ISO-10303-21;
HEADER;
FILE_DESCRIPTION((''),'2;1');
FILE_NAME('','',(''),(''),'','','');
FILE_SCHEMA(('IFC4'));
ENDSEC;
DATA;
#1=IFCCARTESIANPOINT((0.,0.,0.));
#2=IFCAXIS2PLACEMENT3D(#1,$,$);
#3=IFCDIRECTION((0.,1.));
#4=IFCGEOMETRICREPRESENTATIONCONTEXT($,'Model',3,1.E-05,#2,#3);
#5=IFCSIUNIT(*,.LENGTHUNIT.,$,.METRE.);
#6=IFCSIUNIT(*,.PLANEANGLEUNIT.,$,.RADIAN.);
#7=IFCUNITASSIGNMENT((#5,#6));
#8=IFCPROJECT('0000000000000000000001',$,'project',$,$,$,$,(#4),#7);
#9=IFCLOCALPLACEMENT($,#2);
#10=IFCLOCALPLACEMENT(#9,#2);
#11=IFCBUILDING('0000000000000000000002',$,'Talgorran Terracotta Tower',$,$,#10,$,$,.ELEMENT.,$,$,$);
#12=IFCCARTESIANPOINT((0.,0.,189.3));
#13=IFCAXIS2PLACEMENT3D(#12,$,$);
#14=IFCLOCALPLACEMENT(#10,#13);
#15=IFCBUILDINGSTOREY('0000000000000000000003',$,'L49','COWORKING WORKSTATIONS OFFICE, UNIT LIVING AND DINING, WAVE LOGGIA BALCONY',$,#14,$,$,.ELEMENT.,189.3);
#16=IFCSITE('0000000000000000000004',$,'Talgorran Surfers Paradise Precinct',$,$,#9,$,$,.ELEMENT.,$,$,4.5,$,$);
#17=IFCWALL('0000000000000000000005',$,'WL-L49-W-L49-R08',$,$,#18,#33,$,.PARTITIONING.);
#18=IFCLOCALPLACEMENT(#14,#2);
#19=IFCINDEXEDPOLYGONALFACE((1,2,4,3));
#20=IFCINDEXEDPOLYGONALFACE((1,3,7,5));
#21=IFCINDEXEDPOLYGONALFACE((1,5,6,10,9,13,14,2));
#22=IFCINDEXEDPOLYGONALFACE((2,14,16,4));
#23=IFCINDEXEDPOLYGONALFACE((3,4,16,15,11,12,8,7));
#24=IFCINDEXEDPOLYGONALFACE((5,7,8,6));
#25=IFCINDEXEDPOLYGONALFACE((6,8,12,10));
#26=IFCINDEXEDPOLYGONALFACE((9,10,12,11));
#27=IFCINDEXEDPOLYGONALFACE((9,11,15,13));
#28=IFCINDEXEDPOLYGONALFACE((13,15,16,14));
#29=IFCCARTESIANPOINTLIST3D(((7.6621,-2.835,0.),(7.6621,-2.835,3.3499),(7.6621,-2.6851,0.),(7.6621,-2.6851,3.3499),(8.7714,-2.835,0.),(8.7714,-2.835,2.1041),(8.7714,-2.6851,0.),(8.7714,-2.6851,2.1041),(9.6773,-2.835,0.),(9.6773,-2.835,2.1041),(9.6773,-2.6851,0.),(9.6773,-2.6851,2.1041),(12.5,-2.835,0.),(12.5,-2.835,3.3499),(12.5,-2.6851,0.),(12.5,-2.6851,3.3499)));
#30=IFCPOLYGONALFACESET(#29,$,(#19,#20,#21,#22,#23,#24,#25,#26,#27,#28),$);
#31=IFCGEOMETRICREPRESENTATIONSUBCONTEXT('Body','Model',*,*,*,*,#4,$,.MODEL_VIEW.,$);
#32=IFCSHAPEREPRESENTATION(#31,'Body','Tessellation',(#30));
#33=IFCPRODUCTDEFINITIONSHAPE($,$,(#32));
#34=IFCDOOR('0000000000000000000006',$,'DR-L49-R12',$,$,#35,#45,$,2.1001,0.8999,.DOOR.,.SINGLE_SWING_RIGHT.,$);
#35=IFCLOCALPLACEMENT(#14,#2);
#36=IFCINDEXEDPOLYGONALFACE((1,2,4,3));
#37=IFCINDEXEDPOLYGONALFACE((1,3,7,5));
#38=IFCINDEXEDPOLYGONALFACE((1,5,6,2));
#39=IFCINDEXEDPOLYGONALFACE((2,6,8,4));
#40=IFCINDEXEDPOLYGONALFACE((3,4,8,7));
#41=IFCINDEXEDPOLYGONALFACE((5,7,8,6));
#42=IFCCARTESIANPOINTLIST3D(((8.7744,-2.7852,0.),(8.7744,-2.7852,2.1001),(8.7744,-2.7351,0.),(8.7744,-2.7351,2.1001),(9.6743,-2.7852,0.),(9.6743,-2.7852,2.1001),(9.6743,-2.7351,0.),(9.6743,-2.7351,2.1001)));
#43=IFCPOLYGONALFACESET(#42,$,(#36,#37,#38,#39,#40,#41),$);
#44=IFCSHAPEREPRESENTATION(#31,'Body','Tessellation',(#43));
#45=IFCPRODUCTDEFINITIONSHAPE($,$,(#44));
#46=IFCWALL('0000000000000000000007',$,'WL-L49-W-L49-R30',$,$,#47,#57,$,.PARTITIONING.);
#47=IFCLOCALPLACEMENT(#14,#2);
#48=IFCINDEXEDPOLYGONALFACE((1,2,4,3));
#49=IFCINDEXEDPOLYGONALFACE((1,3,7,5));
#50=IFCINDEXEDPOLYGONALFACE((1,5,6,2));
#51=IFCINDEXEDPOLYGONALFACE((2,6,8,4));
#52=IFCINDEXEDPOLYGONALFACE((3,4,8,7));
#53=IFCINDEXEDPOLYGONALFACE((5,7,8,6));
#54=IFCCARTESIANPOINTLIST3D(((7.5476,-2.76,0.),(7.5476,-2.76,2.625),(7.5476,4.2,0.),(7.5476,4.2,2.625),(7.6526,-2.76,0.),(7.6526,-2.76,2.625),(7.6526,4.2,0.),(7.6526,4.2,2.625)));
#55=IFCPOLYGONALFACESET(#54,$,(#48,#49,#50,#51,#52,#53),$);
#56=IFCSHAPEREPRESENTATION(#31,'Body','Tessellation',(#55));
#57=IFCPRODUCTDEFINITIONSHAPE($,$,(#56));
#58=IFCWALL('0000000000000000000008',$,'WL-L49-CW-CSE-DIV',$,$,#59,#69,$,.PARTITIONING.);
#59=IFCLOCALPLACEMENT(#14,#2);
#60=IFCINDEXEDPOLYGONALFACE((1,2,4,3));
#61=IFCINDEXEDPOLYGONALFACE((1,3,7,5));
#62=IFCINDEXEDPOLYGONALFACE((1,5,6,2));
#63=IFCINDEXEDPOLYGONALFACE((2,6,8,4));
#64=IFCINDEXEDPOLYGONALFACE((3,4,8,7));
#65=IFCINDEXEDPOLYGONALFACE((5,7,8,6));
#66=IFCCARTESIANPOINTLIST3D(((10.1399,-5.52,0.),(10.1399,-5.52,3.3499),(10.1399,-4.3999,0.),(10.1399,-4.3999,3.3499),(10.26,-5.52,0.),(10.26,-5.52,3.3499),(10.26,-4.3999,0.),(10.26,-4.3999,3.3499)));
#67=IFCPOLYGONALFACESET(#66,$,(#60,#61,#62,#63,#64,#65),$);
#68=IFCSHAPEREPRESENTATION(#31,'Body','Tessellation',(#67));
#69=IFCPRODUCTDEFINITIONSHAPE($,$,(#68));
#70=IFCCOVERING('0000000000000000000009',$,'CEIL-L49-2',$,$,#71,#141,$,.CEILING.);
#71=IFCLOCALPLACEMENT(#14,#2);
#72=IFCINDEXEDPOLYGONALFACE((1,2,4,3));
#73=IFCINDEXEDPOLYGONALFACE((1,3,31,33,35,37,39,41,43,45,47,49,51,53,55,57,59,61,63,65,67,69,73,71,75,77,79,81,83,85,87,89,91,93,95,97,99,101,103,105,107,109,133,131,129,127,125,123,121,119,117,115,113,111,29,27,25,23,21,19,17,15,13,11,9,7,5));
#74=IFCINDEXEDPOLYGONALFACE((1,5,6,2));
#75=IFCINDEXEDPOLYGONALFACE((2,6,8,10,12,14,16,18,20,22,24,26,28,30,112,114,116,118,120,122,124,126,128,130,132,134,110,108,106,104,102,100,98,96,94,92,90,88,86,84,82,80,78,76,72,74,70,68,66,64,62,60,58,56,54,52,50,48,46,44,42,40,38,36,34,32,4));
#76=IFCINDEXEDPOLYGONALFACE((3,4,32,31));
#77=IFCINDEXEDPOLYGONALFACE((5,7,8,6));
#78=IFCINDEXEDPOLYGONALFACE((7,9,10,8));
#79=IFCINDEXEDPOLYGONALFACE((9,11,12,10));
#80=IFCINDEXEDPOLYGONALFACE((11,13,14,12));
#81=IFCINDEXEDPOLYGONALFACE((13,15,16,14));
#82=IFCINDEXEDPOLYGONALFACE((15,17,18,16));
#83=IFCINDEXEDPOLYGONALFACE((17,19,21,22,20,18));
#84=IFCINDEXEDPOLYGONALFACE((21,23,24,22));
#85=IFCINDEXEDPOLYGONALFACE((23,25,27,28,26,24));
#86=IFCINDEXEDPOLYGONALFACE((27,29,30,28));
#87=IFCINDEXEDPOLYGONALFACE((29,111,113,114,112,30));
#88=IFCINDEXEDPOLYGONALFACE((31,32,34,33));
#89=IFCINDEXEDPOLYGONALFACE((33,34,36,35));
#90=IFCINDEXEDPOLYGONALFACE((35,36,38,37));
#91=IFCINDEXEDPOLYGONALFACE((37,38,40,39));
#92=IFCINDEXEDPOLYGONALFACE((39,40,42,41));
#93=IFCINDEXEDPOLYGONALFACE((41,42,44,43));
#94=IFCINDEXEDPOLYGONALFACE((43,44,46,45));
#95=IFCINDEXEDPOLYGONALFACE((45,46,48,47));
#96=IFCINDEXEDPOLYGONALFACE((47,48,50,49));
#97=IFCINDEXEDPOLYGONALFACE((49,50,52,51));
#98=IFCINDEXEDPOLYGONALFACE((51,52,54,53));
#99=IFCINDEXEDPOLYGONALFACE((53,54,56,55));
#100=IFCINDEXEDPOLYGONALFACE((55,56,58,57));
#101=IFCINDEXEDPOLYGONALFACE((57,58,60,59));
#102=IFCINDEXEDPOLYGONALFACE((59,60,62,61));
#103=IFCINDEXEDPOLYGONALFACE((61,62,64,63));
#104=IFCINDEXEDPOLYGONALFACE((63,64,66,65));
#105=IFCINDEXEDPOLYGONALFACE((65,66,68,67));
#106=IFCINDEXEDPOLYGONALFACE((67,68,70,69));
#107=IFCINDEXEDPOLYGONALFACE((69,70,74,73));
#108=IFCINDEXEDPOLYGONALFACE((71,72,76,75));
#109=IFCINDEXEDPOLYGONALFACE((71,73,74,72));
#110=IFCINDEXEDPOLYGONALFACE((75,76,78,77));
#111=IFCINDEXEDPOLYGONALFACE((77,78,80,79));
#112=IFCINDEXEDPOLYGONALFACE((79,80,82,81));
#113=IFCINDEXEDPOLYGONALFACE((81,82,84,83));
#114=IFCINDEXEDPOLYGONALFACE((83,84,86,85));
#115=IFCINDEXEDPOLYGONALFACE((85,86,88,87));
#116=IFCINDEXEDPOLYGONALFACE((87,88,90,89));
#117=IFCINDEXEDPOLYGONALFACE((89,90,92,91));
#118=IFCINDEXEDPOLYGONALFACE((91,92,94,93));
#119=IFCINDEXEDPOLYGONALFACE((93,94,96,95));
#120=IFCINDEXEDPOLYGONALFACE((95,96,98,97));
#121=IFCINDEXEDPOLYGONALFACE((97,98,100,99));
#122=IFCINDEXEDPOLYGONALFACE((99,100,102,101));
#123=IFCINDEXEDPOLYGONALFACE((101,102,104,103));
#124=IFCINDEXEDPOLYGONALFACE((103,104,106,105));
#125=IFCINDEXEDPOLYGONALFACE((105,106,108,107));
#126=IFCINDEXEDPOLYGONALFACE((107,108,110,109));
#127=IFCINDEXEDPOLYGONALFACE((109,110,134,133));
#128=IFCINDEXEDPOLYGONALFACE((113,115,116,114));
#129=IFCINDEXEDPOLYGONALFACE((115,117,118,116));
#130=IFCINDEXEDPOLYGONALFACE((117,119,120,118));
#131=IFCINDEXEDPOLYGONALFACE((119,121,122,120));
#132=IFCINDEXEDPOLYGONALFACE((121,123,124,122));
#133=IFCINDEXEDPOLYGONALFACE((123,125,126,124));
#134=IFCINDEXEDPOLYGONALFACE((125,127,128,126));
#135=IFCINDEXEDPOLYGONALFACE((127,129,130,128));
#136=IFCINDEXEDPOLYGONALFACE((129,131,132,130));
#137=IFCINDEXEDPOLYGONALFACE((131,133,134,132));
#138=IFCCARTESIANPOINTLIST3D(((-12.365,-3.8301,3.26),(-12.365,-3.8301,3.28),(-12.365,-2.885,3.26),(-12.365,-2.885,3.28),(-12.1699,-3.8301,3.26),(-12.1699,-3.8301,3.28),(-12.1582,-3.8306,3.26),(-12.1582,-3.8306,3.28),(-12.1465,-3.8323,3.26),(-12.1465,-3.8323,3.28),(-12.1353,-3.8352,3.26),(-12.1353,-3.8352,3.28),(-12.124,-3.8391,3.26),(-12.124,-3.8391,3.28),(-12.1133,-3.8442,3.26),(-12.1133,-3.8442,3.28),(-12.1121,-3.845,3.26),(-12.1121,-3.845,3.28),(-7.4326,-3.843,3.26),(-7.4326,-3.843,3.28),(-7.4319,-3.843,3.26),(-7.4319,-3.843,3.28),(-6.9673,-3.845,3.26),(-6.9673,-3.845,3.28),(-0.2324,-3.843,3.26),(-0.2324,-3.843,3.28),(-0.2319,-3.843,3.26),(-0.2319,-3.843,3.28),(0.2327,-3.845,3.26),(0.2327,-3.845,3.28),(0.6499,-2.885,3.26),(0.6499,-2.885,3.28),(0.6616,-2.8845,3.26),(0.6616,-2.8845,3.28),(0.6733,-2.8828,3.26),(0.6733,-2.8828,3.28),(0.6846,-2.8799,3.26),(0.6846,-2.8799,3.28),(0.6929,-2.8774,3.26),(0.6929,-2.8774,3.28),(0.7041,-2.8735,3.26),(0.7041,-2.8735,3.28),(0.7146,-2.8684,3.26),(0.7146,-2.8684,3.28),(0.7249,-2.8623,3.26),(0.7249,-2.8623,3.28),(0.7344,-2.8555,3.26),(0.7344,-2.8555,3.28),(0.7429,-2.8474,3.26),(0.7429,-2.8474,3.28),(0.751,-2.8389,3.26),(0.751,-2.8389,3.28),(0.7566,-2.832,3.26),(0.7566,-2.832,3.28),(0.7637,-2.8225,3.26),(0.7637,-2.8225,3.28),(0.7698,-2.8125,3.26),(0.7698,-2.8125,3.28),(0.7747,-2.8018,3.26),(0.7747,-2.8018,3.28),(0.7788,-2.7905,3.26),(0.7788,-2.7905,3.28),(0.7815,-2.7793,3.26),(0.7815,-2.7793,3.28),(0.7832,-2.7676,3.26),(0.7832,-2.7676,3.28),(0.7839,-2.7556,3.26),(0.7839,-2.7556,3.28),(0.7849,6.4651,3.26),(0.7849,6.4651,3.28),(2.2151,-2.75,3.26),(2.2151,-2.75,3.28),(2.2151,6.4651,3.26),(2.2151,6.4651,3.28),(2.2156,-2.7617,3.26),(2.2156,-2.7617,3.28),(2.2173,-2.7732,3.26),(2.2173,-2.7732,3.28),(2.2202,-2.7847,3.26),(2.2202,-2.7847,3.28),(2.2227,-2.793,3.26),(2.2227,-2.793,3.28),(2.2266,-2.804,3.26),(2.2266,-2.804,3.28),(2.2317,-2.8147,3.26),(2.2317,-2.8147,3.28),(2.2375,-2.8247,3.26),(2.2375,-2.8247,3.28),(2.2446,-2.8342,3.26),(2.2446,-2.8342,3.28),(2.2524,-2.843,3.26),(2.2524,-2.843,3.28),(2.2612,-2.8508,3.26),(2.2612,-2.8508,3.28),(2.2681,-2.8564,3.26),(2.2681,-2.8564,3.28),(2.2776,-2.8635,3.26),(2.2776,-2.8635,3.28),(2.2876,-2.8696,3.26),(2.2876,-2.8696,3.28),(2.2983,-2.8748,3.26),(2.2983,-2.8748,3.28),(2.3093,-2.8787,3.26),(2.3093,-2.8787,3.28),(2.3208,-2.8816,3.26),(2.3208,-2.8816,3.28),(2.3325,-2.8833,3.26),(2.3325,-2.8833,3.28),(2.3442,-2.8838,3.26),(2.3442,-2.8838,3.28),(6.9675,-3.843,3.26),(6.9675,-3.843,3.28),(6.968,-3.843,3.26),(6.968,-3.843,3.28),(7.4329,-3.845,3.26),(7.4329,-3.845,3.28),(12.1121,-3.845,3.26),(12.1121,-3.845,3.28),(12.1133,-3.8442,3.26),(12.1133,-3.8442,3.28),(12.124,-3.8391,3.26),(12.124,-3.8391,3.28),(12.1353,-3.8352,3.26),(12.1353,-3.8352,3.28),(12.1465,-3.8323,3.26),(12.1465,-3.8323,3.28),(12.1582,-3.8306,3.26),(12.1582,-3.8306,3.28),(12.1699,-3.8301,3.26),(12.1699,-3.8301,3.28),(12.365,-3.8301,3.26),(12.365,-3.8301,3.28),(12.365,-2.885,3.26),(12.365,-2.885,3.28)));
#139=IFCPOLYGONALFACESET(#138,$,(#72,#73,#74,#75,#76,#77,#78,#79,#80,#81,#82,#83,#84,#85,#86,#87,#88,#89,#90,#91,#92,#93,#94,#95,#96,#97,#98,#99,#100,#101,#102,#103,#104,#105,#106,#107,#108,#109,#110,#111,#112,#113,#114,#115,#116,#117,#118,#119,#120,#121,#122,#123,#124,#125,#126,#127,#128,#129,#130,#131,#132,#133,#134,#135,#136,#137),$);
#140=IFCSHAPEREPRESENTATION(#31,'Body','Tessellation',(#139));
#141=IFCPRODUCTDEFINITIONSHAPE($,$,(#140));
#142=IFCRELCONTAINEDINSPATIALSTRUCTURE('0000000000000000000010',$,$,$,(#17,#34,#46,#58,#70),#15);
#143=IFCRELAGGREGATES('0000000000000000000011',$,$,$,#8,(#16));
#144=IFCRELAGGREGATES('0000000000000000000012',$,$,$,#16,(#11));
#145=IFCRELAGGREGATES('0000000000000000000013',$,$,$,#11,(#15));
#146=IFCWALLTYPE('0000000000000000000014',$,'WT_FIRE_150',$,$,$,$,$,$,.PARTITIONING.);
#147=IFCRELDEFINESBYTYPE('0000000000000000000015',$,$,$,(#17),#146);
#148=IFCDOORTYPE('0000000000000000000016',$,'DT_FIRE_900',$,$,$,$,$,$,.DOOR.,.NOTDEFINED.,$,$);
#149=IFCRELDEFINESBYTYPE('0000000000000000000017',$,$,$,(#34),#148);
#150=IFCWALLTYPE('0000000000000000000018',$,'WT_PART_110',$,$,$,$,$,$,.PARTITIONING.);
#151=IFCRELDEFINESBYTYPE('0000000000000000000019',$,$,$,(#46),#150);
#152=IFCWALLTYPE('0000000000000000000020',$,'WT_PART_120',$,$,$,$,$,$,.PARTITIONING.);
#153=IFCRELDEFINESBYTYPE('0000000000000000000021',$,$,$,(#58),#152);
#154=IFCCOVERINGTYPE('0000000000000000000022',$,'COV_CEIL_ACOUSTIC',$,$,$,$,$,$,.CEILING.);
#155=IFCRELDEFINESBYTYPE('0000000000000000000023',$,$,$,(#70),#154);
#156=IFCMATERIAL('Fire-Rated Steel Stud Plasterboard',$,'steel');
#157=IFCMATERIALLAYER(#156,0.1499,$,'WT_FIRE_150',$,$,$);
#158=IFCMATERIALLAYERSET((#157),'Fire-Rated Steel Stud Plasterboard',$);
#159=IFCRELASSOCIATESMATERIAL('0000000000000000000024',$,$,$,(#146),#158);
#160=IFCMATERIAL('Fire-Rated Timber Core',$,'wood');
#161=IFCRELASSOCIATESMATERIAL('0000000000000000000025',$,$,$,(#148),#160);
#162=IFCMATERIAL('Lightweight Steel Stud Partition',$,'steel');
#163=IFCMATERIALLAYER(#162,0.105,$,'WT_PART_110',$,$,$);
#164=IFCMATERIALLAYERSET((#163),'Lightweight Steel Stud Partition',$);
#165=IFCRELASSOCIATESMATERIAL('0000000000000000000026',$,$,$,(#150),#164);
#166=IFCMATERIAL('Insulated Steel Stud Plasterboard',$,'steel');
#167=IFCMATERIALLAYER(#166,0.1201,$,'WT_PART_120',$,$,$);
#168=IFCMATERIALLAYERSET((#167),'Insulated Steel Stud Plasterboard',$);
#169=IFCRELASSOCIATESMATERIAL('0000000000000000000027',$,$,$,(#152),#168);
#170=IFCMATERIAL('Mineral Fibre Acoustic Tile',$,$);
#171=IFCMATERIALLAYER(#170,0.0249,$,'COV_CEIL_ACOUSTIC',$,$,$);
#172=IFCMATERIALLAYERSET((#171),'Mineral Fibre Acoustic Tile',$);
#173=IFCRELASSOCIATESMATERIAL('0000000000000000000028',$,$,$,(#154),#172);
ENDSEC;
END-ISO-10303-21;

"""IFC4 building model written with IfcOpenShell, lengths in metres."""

from ifc_helpers import new_model, si_unit, direction, frame, frame_2d, origin, place, context, subcontext, project, spatial, polyline, rectangle, outline, extrude, material, layer, layer_set, type_object, element, fill, save


model = new_model("IFC4")

# Units and contexts
model_context = context("Model", 3, precision=1e-05, world=origin(), true_north=direction((0.0, 1.0)))
body_context = subcontext(model_context, "Body", "Model", "MODEL_VIEW")
ifc_project = project(units=[si_unit("LENGTHUNIT", "METRE"), si_unit("PLANEANGLEUNIT", "RADIAN")], contexts=[model_context])

# Site, building, storey
site_placement = place(None, origin())
site = spatial("IfcSite", under=ifc_project, at=site_placement, Name="Talgorran Surfers Paradise Precinct", CompositionType="ELEMENT", RefElevation=4.5)
building_placement = place(site_placement, origin())
building = spatial("IfcBuilding", under=site, at=building_placement, Name="Talgorran Terracotta Tower", CompositionType="ELEMENT")
storey_placement = place(building_placement, frame((0.0, 0.0, 189.3)))
storey = spatial("IfcBuildingStorey", under=building, at=storey_placement, Name="L49", Description="COWORKING WORKSTATIONS OFFICE, UNIT LIVING AND DINING, WAVE LOGGIA BALCONY", CompositionType="ELEMENT", Elevation=189.3)

# Shared definitions
ifc_material_1 = material(Name="Fire-Rated Steel Stud Plasterboard", Category="steel")
ifc_layer_1 = layer(ifc_material_1, 0.1499, Name="WT_FIRE_150")
ifc_layer_set_1 = layer_set([ifc_layer_1], Name="Fire-Rated Steel Stud Plasterboard")
wall_type_1 = type_object("IfcWallType", Name="WT_FIRE_150", PredefinedType="PARTITIONING", material=ifc_layer_set_1)
ifc_material_2 = material(Name="Fire-Rated Timber Core", Category="wood")
door_type = type_object("IfcDoorType", Name="DT_FIRE_900", OperationType="NOTDEFINED", PredefinedType="DOOR", material=ifc_material_2)

# Wall, opening, door
wall_1_placement = place(storey_placement, frame((7.6621, -2.76, 0.0), z_axis=(0.0, 0.0, 1.0), x_axis=(1.0, 0.0, 0.0)))
wall_1 = element("IfcWall", 1, at=wall_1_placement, inside=storey, type_object=wall_type_1, Name="WL-L49-W-L49-R08", PredefinedType="PARTITIONING", context=body_context, shape_type="SweptSolid", body=[
    extrude(rectangle(XDim=4.8379, YDim=0.1499, at=frame_2d((2.4189, 0.0))), origin(), (0.0, 0.0, 1.0), 3.3499),
])
opening_1_placement = place(wall_1_placement, frame((1.1123, 0.0, 0.0)))
opening_1 = element("IfcOpeningElement", 2, at=opening_1_placement, cuts=wall_1, PredefinedType="OPENING", context=body_context, shape_type="SweptSolid", body=[
    extrude(rectangle(XDim=0.9059, YDim=2.1041, at=frame_2d((0.45, 1.052))), frame((0.0, 0.085, 0.0), z_axis=(0.0, -1.0, 0.0), x_axis=(1.0, 0.0, 0.0)), (0.0, 0.0, 1.0), 0.1699),
])
door_1_placement = place(opening_1_placement, origin())
door_1 = element("IfcDoor", 3, at=door_1_placement, inside=storey, type_object=door_type, Name="DR-L49-R12", OperationType="SINGLE_SWING_RIGHT", OverallHeight=2.1001, OverallWidth=0.8999, PredefinedType="DOOR", context=body_context, shape_type="SweptSolid", body=[
    extrude(rectangle(XDim=0.8999, YDim=2.1001, at=frame_2d((0.45, 1.05))), frame((0.0, 0.0249, 0.0), z_axis=(0.0, -1.0, 0.0), x_axis=(1.0, 0.0, 0.0)), (0.0, 0.0, 1.0), 0.05),
])
fill(opening_1, door_1)

# Walls
ifc_material_3 = material(Name="Lightweight Steel Stud Partition", Category="steel")
ifc_layer_2 = layer(ifc_material_3, 0.105, Name="WT_PART_110")
ifc_layer_set_2 = layer_set([ifc_layer_2], Name="Lightweight Steel Stud Partition")
wall_type_2 = type_object("IfcWallType", Name="WT_PART_110", PredefinedType="PARTITIONING", material=ifc_layer_set_2)
wall_2_placement = place(storey_placement, frame((7.6001, -2.76, 0.0), z_axis=(0.0, 0.0, 1.0), x_axis=(0.0, 1.0, 0.0)))
element("IfcWall", 4, at=wall_2_placement, inside=storey, type_object=wall_type_2, Name="WL-L49-W-L49-R30", PredefinedType="PARTITIONING", context=body_context, shape_type="SweptSolid", body=[
    extrude(rectangle(XDim=6.96, YDim=0.105, at=frame_2d((3.48, 0.0))), origin(), (0.0, 0.0, 1.0), 2.625),
])
ifc_material_4 = material(Name="Insulated Steel Stud Plasterboard", Category="steel")
ifc_layer_3 = layer(ifc_material_4, 0.1201, Name="WT_PART_120")
ifc_layer_set_3 = layer_set([ifc_layer_3], Name="Insulated Steel Stud Plasterboard")
wall_type_3 = type_object("IfcWallType", Name="WT_PART_120", PredefinedType="PARTITIONING", material=ifc_layer_set_3)
wall_3_placement = place(storey_placement, frame((10.2, -5.52, 0.0), z_axis=(0.0, 0.0, 1.0), x_axis=(0.0, 1.0, 0.0)))
element("IfcWall", 5, at=wall_3_placement, inside=storey, type_object=wall_type_3, Name="WL-L49-CW-CSE-DIV", PredefinedType="PARTITIONING", context=body_context, shape_type="SweptSolid", body=[
    extrude(rectangle(XDim=1.1201, YDim=0.1201, at=frame_2d((0.5601, 0.0))), origin(), (0.0, 0.0, 1.0), 3.3499),
])

# Covering
ifc_material_5 = material(Name="Mineral Fibre Acoustic Tile")
ifc_layer_4 = layer(ifc_material_5, 0.0249, Name="COV_CEIL_ACOUSTIC")
ifc_layer_set_4 = layer_set([ifc_layer_4], Name="Mineral Fibre Acoustic Tile")
covering_type_1 = type_object("IfcCoveringType", Name="COV_CEIL_ACOUSTIC", PredefinedType="CEILING", material=ifc_layer_set_4)
covering_1_placement = place(storey_placement, frame((0.0, 0.0, 3.26)))
element("IfcCovering", 6, at=covering_1_placement, inside=storey, type_object=covering_type_1, Name="CEIL-L49-2", PredefinedType="CEILING", context=body_context, shape_type="SweptSolid", body=[
    extrude(outline(polyline([(-12.365, -2.885), (0.6499, -2.885), (0.6616, -2.8845), (0.6733, -2.8828), (0.6846, -2.8799), (0.6929, -2.8774), (0.7041, -2.8735), (0.7146, -2.8684), (0.7249, -2.8623), (0.7344, -2.8555), (0.7429, -2.8474), (0.751, -2.8389), (0.7566, -2.832), (0.7637, -2.8225), (0.7698, -2.8125), (0.7747, -2.8018), (0.7788, -2.7905), (0.7815, -2.7793), (0.7832, -2.7676), (0.7839, -2.7556), (0.7849, 6.4651), (2.2151, 6.4651), (2.2151, -2.75), (2.2156, -2.7617), (2.2173, -2.7732), (2.2202, -2.7847), (2.2227, -2.793), (2.2266, -2.804), (2.2317, -2.8147), (2.2375, -2.8247), (2.2446, -2.8342), (2.2524, -2.843), (2.2612, -2.8508), (2.2681, -2.8564), (2.2776, -2.8635), (2.2876, -2.8696), (2.2983, -2.8748), (2.3093, -2.8787), (2.3208, -2.8816), (2.3325, -2.8833), (2.3442, -2.8838), (12.365, -2.885), (12.365, -3.8301), (12.1699, -3.8301), (12.1582, -3.8306), (12.1465, -3.8323), (12.1353, -3.8352), (12.124, -3.8391), (12.1133, -3.8442), (12.1121, -3.845), (7.4329, -3.845), (6.968, -3.843), (6.9675, -3.843), (0.2327, -3.845), (-0.2319, -3.843), (-0.2324, -3.843), (-6.9673, -3.845), (-7.4319, -3.843), (-7.4326, -3.843), (-12.1121, -3.845), (-12.1133, -3.8442), (-12.124, -3.8391), (-12.1353, -3.8352), (-12.1465, -3.8323), (-12.1582, -3.8306), (-12.1699, -3.8301), (-12.365, -3.8301), (-12.365, -2.885)])), origin(), (0.0, 0.0, 1.0), 0.02),
])

save(model, "model.ifc")
